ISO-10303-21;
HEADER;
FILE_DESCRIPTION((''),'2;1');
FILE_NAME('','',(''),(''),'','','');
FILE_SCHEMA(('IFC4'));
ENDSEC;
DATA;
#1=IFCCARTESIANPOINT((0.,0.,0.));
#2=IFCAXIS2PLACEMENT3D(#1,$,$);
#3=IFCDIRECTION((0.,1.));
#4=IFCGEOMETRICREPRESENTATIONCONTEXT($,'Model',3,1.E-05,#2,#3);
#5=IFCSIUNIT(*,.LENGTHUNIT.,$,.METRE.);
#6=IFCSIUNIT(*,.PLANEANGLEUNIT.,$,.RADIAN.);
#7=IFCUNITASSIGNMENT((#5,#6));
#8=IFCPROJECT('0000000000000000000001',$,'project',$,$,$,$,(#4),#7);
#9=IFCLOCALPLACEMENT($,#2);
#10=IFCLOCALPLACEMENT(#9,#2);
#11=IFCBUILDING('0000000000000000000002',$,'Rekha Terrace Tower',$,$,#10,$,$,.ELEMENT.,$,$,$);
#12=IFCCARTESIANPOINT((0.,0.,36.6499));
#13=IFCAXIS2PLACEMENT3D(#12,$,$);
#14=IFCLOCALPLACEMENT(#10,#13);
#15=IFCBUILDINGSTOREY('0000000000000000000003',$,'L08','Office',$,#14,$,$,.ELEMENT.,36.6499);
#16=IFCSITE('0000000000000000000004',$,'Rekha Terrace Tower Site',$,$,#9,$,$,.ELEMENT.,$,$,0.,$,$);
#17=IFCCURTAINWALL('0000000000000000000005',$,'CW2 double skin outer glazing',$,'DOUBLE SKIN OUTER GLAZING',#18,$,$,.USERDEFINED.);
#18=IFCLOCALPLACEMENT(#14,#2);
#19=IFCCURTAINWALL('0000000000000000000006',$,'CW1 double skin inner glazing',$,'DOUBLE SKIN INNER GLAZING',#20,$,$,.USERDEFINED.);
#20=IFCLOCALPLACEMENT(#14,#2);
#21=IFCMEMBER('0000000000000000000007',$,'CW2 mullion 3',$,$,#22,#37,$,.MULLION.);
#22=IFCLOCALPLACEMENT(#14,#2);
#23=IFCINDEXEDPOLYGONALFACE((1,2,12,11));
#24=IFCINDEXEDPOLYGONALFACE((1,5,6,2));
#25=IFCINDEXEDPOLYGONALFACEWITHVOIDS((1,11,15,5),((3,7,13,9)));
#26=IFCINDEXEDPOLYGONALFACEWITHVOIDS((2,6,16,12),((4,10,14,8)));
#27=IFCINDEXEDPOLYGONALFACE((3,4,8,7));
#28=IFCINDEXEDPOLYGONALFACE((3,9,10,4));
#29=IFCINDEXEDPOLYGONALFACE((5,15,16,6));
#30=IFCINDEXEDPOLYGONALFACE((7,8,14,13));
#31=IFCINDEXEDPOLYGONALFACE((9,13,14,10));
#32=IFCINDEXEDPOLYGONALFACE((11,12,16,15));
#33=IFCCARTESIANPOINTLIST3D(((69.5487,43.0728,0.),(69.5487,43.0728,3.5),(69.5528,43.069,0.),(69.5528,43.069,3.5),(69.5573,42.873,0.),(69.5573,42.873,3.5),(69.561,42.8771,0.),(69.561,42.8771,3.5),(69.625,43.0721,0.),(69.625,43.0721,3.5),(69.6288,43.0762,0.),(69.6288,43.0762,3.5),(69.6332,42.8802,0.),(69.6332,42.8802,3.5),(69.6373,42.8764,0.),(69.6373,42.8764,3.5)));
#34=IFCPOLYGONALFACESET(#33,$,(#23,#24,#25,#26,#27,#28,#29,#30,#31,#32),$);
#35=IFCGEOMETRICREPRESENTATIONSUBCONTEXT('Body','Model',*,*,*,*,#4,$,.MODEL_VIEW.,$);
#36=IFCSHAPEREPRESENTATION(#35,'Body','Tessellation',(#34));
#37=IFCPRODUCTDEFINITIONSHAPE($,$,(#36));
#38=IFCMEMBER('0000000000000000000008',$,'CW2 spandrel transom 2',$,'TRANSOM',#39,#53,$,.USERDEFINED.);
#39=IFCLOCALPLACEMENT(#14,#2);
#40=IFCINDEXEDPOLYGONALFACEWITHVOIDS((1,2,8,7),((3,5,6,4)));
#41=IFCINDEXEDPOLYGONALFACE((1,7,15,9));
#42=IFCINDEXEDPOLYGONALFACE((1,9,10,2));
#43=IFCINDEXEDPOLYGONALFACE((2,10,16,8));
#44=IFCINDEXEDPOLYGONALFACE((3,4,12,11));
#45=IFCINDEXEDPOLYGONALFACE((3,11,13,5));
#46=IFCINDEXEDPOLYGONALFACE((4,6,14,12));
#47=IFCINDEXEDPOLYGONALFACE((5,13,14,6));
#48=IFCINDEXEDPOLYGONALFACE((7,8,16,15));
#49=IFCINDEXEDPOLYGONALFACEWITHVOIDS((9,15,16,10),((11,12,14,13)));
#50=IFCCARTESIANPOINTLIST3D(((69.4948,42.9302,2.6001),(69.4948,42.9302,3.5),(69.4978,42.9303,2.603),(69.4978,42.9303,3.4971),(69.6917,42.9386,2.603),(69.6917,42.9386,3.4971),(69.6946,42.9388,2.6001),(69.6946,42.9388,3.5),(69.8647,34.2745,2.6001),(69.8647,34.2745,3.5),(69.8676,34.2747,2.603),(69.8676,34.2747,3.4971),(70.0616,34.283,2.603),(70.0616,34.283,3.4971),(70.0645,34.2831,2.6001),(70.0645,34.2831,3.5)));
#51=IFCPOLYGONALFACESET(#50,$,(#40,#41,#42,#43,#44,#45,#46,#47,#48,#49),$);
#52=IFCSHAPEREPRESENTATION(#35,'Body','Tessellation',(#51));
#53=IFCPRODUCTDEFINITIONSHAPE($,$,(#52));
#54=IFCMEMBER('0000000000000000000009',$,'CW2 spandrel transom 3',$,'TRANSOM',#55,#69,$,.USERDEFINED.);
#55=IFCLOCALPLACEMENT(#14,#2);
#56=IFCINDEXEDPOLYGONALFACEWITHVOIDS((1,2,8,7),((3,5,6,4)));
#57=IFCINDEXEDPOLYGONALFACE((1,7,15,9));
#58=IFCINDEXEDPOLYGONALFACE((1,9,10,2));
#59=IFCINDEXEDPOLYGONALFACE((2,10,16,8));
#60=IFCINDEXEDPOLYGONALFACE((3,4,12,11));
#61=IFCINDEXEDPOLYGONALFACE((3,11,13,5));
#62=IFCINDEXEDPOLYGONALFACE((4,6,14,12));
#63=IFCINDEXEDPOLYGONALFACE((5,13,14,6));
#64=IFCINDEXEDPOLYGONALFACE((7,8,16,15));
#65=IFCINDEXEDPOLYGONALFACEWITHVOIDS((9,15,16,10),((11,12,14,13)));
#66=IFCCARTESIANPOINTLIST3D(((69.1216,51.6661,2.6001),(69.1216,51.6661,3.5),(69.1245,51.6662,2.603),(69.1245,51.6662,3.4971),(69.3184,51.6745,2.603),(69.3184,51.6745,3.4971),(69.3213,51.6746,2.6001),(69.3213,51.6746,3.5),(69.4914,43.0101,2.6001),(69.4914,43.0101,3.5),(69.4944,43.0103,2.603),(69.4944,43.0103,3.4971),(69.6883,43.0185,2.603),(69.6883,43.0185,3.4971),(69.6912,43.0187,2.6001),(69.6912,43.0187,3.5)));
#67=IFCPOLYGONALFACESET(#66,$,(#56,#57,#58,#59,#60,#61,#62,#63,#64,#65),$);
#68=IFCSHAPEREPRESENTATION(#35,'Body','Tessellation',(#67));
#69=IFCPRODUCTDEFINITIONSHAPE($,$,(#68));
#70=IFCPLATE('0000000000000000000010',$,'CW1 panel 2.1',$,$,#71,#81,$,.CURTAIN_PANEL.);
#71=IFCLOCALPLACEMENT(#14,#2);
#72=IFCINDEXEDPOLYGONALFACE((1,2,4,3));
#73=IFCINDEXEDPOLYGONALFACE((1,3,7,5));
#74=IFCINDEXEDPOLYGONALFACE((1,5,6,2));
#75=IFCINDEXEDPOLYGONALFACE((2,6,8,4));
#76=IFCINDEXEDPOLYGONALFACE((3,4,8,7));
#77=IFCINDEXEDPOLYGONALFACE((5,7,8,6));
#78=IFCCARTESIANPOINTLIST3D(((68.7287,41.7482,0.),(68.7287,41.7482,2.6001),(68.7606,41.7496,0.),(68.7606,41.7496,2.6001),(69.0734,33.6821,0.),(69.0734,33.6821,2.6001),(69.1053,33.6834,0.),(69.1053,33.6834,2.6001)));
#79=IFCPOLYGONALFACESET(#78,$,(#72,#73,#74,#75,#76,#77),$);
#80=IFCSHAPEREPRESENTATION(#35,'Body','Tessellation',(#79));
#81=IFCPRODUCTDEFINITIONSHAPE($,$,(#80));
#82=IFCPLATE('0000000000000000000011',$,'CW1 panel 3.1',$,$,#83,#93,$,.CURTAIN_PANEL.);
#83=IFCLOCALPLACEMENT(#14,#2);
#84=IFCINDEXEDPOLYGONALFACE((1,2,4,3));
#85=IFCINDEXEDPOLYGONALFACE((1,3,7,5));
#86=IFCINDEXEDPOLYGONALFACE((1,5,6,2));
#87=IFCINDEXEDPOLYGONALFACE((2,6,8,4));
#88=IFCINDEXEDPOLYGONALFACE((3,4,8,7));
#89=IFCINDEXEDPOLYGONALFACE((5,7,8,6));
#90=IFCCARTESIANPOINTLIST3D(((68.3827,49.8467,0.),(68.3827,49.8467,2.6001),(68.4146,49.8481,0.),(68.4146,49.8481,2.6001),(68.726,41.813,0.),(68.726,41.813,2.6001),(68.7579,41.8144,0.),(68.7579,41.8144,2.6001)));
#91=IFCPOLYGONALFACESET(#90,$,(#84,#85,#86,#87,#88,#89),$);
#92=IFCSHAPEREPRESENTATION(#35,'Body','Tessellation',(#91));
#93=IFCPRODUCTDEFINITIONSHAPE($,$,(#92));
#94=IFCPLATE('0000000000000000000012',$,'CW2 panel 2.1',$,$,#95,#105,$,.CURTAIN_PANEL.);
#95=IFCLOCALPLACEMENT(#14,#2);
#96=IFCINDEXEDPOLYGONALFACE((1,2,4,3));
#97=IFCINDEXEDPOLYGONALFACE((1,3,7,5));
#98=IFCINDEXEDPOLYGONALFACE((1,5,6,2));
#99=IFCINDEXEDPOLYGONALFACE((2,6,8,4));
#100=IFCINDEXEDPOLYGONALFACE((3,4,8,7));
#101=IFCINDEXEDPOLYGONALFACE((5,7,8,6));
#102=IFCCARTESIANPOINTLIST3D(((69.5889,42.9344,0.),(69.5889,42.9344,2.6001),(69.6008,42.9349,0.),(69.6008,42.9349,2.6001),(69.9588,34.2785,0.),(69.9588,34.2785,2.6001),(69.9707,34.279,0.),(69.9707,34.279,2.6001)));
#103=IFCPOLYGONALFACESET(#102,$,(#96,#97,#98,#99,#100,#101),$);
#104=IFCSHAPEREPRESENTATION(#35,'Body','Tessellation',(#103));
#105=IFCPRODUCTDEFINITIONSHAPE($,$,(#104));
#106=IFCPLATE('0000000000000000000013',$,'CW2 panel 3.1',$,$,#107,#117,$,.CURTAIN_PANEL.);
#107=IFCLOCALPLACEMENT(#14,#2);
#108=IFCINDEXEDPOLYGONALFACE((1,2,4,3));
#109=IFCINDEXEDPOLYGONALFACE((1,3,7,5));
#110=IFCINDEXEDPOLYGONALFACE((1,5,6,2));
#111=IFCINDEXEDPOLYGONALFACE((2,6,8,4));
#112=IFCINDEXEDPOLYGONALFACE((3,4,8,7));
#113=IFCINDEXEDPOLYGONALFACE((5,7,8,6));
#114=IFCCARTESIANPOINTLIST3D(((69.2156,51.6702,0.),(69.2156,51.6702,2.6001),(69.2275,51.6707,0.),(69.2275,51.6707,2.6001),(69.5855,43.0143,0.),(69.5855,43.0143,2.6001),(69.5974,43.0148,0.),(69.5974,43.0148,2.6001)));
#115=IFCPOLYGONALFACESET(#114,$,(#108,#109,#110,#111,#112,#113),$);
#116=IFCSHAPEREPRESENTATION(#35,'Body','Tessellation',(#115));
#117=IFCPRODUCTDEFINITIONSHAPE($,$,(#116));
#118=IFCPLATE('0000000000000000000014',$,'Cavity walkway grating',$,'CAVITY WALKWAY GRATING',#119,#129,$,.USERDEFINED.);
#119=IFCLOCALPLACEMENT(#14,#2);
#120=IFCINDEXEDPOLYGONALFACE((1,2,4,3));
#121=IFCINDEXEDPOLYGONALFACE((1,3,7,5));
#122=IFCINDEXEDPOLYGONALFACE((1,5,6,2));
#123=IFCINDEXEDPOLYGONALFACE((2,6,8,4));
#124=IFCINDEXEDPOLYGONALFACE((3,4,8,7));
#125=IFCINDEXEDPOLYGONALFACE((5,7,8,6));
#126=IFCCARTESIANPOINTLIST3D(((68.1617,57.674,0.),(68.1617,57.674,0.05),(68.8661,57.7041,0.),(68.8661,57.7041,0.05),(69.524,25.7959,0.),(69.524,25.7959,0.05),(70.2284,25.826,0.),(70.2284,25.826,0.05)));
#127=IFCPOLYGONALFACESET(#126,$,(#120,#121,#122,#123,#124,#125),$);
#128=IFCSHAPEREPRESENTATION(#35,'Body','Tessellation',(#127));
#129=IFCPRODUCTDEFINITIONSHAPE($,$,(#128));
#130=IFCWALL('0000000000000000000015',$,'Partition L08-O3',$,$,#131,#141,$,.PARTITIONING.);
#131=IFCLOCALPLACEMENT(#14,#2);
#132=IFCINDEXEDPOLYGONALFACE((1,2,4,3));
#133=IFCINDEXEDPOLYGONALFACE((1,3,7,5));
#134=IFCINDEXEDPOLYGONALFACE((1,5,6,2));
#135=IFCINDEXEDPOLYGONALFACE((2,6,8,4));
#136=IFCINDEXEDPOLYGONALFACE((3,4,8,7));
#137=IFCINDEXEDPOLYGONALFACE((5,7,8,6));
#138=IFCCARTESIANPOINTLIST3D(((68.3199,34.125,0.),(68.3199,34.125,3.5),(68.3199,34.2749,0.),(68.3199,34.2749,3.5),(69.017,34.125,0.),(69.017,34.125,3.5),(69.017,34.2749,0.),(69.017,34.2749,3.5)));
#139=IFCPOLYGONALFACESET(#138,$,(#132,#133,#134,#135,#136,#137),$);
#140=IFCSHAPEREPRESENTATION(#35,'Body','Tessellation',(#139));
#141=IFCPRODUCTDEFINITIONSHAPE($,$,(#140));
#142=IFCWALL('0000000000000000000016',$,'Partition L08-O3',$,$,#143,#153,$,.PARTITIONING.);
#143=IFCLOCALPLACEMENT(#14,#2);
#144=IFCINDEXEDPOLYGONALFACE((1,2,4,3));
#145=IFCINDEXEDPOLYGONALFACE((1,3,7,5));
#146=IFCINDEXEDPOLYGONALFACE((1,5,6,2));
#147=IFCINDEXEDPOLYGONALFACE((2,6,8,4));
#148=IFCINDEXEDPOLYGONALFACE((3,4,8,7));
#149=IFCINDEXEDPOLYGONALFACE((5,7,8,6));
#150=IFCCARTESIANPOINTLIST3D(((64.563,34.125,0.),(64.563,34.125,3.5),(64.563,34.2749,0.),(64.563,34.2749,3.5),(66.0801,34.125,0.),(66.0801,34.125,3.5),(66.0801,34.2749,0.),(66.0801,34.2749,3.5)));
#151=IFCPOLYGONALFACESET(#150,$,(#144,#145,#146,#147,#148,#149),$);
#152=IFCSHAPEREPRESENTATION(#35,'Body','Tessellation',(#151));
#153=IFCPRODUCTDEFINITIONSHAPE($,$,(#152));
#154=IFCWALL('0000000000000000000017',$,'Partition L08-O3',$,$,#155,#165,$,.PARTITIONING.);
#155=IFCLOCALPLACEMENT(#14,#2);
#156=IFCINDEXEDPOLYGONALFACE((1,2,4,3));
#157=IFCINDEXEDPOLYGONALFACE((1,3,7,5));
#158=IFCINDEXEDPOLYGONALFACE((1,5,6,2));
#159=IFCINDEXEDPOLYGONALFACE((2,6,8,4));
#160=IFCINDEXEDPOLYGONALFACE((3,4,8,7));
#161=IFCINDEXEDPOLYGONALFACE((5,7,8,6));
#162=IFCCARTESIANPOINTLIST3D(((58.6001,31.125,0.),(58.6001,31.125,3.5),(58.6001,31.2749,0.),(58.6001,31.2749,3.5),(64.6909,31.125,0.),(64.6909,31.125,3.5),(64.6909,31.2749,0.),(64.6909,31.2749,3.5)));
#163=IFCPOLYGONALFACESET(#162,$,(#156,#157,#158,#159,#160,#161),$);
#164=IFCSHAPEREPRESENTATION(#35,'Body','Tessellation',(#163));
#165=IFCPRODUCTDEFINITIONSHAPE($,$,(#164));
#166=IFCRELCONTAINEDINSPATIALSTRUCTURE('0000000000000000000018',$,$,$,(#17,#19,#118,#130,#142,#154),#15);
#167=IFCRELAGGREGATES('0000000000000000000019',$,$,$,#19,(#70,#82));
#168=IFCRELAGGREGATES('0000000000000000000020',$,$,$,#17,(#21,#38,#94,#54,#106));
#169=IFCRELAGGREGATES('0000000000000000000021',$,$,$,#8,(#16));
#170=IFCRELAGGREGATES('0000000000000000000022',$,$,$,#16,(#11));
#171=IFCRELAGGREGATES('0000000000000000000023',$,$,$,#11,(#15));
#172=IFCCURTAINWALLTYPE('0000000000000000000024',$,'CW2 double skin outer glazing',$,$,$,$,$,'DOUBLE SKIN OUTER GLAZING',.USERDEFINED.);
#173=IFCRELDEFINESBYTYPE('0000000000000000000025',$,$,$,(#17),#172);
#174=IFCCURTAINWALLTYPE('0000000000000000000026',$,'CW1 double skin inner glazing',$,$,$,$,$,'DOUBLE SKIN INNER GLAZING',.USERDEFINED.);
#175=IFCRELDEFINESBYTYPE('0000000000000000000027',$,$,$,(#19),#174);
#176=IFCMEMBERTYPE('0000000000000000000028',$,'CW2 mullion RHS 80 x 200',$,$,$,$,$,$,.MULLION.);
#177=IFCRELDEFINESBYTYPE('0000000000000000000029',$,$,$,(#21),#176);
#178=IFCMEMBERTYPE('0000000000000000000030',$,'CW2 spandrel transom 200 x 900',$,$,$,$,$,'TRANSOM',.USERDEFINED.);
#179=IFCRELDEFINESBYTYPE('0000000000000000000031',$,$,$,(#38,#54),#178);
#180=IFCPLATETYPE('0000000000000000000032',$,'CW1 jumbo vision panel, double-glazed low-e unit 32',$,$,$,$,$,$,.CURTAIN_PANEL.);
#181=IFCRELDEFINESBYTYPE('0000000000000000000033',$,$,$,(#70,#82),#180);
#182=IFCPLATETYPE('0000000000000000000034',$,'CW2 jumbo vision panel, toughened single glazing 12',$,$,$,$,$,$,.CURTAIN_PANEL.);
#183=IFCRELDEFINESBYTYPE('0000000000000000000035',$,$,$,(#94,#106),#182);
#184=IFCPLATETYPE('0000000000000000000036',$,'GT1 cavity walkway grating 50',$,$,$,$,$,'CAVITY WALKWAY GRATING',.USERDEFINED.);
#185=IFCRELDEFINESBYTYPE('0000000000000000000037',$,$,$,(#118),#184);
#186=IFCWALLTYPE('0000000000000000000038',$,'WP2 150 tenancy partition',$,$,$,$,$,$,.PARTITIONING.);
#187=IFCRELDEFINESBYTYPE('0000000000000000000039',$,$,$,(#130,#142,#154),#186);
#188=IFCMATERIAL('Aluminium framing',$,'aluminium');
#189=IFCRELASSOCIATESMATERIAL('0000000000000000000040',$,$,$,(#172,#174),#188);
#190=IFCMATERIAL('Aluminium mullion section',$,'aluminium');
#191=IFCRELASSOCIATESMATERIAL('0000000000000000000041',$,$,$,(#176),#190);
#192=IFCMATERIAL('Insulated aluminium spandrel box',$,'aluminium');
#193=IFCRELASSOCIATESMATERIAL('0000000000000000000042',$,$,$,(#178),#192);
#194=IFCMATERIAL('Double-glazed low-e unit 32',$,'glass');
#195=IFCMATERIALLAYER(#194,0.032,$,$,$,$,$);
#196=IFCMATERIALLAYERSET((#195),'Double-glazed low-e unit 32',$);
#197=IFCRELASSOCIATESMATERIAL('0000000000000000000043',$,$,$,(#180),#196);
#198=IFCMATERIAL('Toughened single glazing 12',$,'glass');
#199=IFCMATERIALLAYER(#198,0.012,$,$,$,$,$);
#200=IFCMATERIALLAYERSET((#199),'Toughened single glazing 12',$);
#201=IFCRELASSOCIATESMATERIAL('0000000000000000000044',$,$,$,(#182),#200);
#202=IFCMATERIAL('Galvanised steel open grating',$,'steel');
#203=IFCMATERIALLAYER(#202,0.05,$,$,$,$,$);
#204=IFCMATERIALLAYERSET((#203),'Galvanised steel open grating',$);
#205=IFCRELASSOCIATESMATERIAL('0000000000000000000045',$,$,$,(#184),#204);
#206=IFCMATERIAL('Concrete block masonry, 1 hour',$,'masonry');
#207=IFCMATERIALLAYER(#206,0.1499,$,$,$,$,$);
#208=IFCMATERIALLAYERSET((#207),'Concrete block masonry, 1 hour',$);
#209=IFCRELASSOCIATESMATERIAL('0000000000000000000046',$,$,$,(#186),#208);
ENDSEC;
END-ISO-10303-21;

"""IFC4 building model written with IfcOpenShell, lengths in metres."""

from ifc_helpers import new_model, si_unit, direction, frame, frame_2d, origin, origin_2d, place, context, subcontext, project, spatial, rectangle, hollow_rectangle, extrude, material, layer, layer_set, material_profile, profile_set, type_object, element, aggregate, save


model = new_model("IFC4")

# Units and contexts
model_context = context("Model", 3, precision=1e-05, world=origin(), true_north=direction((0.0, 1.0)))
body_context = subcontext(model_context, "Body", "Model", "MODEL_VIEW")
ifc_project = project(units=[si_unit("LENGTHUNIT", "METRE"), si_unit("PLANEANGLEUNIT", "RADIAN")], contexts=[model_context])

# Site, building, storey
site_placement = place(None, origin())
site = spatial("IfcSite", under=ifc_project, at=site_placement, Name="Rekha Terrace Tower Site", CompositionType="ELEMENT", RefElevation=0.0)
building_placement = place(site_placement, origin())
building = spatial("IfcBuilding", under=site, at=building_placement, Name="Rekha Terrace Tower", CompositionType="ELEMENT")
storey_placement = place(building_placement, frame((0.0, 0.0, 36.6499)))
storey = spatial("IfcBuildingStorey", under=building, at=storey_placement, Name="L08", Description="Office", CompositionType="ELEMENT", Elevation=36.6499)

# Curtain walls
ifc_material_1 = material(Name="Aluminium framing", Category="aluminium")
curtain_wall_type_1 = type_object("IfcCurtainWallType", Name="CW2 double skin outer glazing", ElementType="DOUBLE SKIN OUTER GLAZING", PredefinedType="USERDEFINED", material=ifc_material_1)
curtain_wall_1_placement = place(storey_placement, origin())
curtain_wall_1 = element("IfcCurtainWall", 1, at=curtain_wall_1_placement, inside=storey, type_object=curtain_wall_type_1, Name="CW2 double skin outer glazing", ObjectType="DOUBLE SKIN OUTER GLAZING", PredefinedType="USERDEFINED")
curtain_wall_type_2 = type_object("IfcCurtainWallType", Name="CW1 double skin inner glazing", ElementType="DOUBLE SKIN INNER GLAZING", PredefinedType="USERDEFINED", material=ifc_material_1)
curtain_wall_2_placement = place(storey_placement, origin())
curtain_wall_2 = element("IfcCurtainWall", 2, at=curtain_wall_2_placement, inside=storey, type_object=curtain_wall_type_2, Name="CW1 double skin inner glazing", ObjectType="DOUBLE SKIN INNER GLAZING", PredefinedType="USERDEFINED")
ifc_material_2 = material(Name="Aluminium mullion section", Category="aluminium")
ifc_material_3 = material(Name="Insulated aluminium spandrel box", Category="aluminium")

# Members
ifc_material_profile_1 = material_profile(ifc_material_2, hollow_rectangle(XDim=0.0801, YDim=0.2, WallThickness=0.0039, at=origin_2d()), Name="AL RHS 80x200")
ifc_profile_set_1 = profile_set([ifc_material_profile_1], Name="Aluminium mullion section")
member_type_1 = type_object("IfcMemberType", Name="CW2 mullion RHS 80 x 200", PredefinedType="MULLION", material=ifc_profile_set_1)
member_1_placement = place(storey_placement, frame((69.593, 42.9746, 0.0), z_axis=(0.0, 0.0, 1.0), x_axis=(-0.999088, -0.042696, 0.0)))
member_1 = element("IfcMember", 3, at=member_1_placement, type_object=member_type_1, Name="CW2 mullion 3", PredefinedType="MULLION", context=body_context, shape_type="SweptSolid", body=[
    extrude(hollow_rectangle(XDim=0.0801, YDim=0.2, WallThickness=0.0039, at=origin_2d()), origin(), (0.0, 0.0, 1.0), 3.5),
])
ifc_material_profile_2 = material_profile(ifc_material_3, hollow_rectangle(XDim=0.2, YDim=0.8999, WallThickness=0.0029, at=origin_2d()), Name="AL SPANDREL BOX 200x900")
ifc_profile_set_2 = profile_set([ifc_material_profile_2], Name="Insulated aluminium spandrel box")
member_type_2 = type_object("IfcMemberType", Name="CW2 spandrel transom 200 x 900", ElementType="TRANSOM", PredefinedType="USERDEFINED", material=ifc_profile_set_2)
member_2_placement = place(storey_placement, frame((69.9646, 34.2788, 3.05), z_axis=(-0.042692, 0.999088, 0.0), x_axis=(-0.999088, -0.042692, 0.0)))
member_2 = element("IfcMember", 4, at=member_2_placement, type_object=member_type_2, Name="CW2 spandrel transom 2", ObjectType="TRANSOM", PredefinedType="USERDEFINED", context=body_context, shape_type="SweptSolid", body=[
    extrude(hollow_rectangle(XDim=0.2, YDim=0.8999, WallThickness=0.0029, at=origin_2d()), origin(), (0.0, 0.0, 1.0), 8.6636),
])
member_3_placement = place(storey_placement, frame((69.5913, 43.0144, 3.05), z_axis=(-0.042691, 0.999088, 0.0), x_axis=(-0.999088, -0.042691, 0.0)))
member_3 = element("IfcMember", 5, at=member_3_placement, type_object=member_type_2, Name="CW2 spandrel transom 3", ObjectType="TRANSOM", PredefinedType="USERDEFINED", context=body_context, shape_type="SweptSolid", body=[
    extrude(hollow_rectangle(XDim=0.2, YDim=0.8999, WallThickness=0.0029, at=origin_2d()), origin(), (0.0, 0.0, 1.0), 8.6638),
])

# Plates
ifc_material_4 = material(Name="Double-glazed low-e unit 32", Category="glass")
ifc_layer_1 = layer(ifc_material_4, 0.032)
ifc_layer_set_1 = layer_set([ifc_layer_1], Name="Double-glazed low-e unit 32")
plate_type_1 = type_object("IfcPlateType", Name="CW1 jumbo vision panel, double-glazed low-e unit 32", PredefinedType="CURTAIN_PANEL", material=ifc_layer_set_1)
plate_1_placement = place(storey_placement, frame((68.917, 37.7158, 0.0), z_axis=(0.0, 0.0, 1.0), x_axis=(-0.042696, 0.999088, 0.0)))
plate_1 = element("IfcPlate", 6, at=plate_1_placement, type_object=plate_type_1, Name="CW1 panel 2.1", PredefinedType="CURTAIN_PANEL", context=body_context, shape_type="SweptSolid", body=[
    extrude(rectangle(XDim=8.0735, YDim=0.032, at=origin_2d()), origin(), (0.0, 0.0, 1.0), 2.6001),
])
plate_2_placement = place(storey_placement, frame((68.5703, 45.8306, 0.0), z_axis=(0.0, 0.0, 1.0), x_axis=(-0.042696, 0.999088, 0.0)))
plate_2 = element("IfcPlate", 7, at=plate_2_placement, type_object=plate_type_1, Name="CW1 panel 3.1", PredefinedType="CURTAIN_PANEL", context=body_context, shape_type="SweptSolid", body=[
    extrude(rectangle(XDim=8.041, YDim=0.032, at=origin_2d()), origin(), (0.0, 0.0, 1.0), 2.6001),
])
aggregate(curtain_wall_2, [plate_1, plate_2])
ifc_material_5 = material(Name="Toughened single glazing 12", Category="glass")
ifc_layer_2 = layer(ifc_material_5, 0.012)
ifc_layer_set_2 = layer_set([ifc_layer_2], Name="Toughened single glazing 12")
plate_type_2 = type_object("IfcPlateType", Name="CW2 jumbo vision panel, toughened single glazing 12", PredefinedType="CURTAIN_PANEL", material=ifc_layer_set_2)
plate_3_placement = place(storey_placement, frame((69.7798, 38.6067, 0.0), z_axis=(0.0, 0.0, 1.0), x_axis=(-0.042696, 0.999088, 0.0)))
plate_3 = element("IfcPlate", 8, at=plate_3_placement, type_object=plate_type_2, Name="CW2 panel 2.1", PredefinedType="CURTAIN_PANEL", context=body_context, shape_type="SweptSolid", body=[
    extrude(rectangle(XDim=8.6638, YDim=0.012, at=origin_2d()), origin(), (0.0, 0.0, 1.0), 2.6001),
])
plate_4_placement = place(storey_placement, frame((69.4065, 47.3425, 0.0), z_axis=(0.0, 0.0, 1.0), x_axis=(-0.042696, 0.999088, 0.0)))
plate_4 = element("IfcPlate", 9, at=plate_4_placement, type_object=plate_type_2, Name="CW2 panel 3.1", PredefinedType="CURTAIN_PANEL", context=body_context, shape_type="SweptSolid", body=[
    extrude(rectangle(XDim=8.6638, YDim=0.012, at=origin_2d()), origin(), (0.0, 0.0, 1.0), 2.6001),
])
aggregate(curtain_wall_1, [member_1, member_2, plate_3, member_3, plate_4])
ifc_material_6 = material(Name="Galvanised steel open grating", Category="steel")
ifc_layer_3 = layer(ifc_material_6, 0.05)
ifc_layer_set_3 = layer_set([ifc_layer_3], Name="Galvanised steel open grating")
plate_type_3 = type_object("IfcPlateType", Name="GT1 cavity walkway grating 50", ElementType="CAVITY WALKWAY GRATING", PredefinedType="USERDEFINED", material=ifc_layer_set_3)
plate_5_placement = place(storey_placement, frame((69.1951, 41.75, 0.0), z_axis=(0.0, 0.0, 1.0), x_axis=(-0.042696, 0.999088, 0.0)))
element("IfcPlate", 10, at=plate_5_placement, inside=storey, type_object=plate_type_3, Name="Cavity walkway grating", ObjectType="CAVITY WALKWAY GRATING", PredefinedType="USERDEFINED", context=body_context, shape_type="SweptSolid", body=[
    extrude(rectangle(XDim=31.9072, YDim=0.7051, at=origin_2d()), origin(), (0.0, 0.0, 1.0), 0.05),
])

# Walls
ifc_material_7 = material(Name="Concrete block masonry, 1 hour", Category="masonry")
ifc_layer_4 = layer(ifc_material_7, 0.1499)
ifc_layer_set_4 = layer_set([ifc_layer_4], Name="Concrete block masonry, 1 hour")
wall_type_1 = type_object("IfcWallType", Name="WP2 150 tenancy partition", PredefinedType="PARTITIONING", material=ifc_layer_set_4)
wall_1_placement = place(storey_placement, frame((69.0171, 34.2, 0.0), z_axis=(0.0, 0.0, 1.0), x_axis=(-1.0, 0.0, 0.0)))
element("IfcWall", 11, at=wall_1_placement, inside=storey, type_object=wall_type_1, Name="Partition L08-O3", PredefinedType="PARTITIONING", context=body_context, shape_type="SweptSolid", body=[
    extrude(rectangle(XDim=0.697, YDim=0.1499, at=frame_2d((0.3486, 0.0))), origin(), (0.0, 0.0, 1.0), 3.5),
])
wall_2_placement = place(storey_placement, frame((66.0801, 34.2, 0.0), z_axis=(0.0, 0.0, 1.0), x_axis=(-1.0, 0.0, 0.0)))
element("IfcWall", 12, at=wall_2_placement, inside=storey, type_object=wall_type_1, Name="Partition L08-O3", PredefinedType="PARTITIONING", context=body_context, shape_type="SweptSolid", body=[
    extrude(rectangle(XDim=1.5171, YDim=0.1499, at=frame_2d((0.7585, 0.0))), origin(), (0.0, 0.0, 1.0), 3.5),
])
wall_3_placement = place(storey_placement, frame((64.6909, 31.2, 0.0), z_axis=(0.0, 0.0, 1.0), x_axis=(-1.0, 0.0, 0.0)))
element("IfcWall", 13, at=wall_3_placement, inside=storey, type_object=wall_type_1, Name="Partition L08-O3", PredefinedType="PARTITIONING", context=body_context, shape_type="SweptSolid", body=[
    extrude(rectangle(XDim=6.0908, YDim=0.1499, at=frame_2d((3.0454, 0.0))), origin(), (0.0, 0.0, 1.0), 3.5),
])

save(model, "model.ifc")
